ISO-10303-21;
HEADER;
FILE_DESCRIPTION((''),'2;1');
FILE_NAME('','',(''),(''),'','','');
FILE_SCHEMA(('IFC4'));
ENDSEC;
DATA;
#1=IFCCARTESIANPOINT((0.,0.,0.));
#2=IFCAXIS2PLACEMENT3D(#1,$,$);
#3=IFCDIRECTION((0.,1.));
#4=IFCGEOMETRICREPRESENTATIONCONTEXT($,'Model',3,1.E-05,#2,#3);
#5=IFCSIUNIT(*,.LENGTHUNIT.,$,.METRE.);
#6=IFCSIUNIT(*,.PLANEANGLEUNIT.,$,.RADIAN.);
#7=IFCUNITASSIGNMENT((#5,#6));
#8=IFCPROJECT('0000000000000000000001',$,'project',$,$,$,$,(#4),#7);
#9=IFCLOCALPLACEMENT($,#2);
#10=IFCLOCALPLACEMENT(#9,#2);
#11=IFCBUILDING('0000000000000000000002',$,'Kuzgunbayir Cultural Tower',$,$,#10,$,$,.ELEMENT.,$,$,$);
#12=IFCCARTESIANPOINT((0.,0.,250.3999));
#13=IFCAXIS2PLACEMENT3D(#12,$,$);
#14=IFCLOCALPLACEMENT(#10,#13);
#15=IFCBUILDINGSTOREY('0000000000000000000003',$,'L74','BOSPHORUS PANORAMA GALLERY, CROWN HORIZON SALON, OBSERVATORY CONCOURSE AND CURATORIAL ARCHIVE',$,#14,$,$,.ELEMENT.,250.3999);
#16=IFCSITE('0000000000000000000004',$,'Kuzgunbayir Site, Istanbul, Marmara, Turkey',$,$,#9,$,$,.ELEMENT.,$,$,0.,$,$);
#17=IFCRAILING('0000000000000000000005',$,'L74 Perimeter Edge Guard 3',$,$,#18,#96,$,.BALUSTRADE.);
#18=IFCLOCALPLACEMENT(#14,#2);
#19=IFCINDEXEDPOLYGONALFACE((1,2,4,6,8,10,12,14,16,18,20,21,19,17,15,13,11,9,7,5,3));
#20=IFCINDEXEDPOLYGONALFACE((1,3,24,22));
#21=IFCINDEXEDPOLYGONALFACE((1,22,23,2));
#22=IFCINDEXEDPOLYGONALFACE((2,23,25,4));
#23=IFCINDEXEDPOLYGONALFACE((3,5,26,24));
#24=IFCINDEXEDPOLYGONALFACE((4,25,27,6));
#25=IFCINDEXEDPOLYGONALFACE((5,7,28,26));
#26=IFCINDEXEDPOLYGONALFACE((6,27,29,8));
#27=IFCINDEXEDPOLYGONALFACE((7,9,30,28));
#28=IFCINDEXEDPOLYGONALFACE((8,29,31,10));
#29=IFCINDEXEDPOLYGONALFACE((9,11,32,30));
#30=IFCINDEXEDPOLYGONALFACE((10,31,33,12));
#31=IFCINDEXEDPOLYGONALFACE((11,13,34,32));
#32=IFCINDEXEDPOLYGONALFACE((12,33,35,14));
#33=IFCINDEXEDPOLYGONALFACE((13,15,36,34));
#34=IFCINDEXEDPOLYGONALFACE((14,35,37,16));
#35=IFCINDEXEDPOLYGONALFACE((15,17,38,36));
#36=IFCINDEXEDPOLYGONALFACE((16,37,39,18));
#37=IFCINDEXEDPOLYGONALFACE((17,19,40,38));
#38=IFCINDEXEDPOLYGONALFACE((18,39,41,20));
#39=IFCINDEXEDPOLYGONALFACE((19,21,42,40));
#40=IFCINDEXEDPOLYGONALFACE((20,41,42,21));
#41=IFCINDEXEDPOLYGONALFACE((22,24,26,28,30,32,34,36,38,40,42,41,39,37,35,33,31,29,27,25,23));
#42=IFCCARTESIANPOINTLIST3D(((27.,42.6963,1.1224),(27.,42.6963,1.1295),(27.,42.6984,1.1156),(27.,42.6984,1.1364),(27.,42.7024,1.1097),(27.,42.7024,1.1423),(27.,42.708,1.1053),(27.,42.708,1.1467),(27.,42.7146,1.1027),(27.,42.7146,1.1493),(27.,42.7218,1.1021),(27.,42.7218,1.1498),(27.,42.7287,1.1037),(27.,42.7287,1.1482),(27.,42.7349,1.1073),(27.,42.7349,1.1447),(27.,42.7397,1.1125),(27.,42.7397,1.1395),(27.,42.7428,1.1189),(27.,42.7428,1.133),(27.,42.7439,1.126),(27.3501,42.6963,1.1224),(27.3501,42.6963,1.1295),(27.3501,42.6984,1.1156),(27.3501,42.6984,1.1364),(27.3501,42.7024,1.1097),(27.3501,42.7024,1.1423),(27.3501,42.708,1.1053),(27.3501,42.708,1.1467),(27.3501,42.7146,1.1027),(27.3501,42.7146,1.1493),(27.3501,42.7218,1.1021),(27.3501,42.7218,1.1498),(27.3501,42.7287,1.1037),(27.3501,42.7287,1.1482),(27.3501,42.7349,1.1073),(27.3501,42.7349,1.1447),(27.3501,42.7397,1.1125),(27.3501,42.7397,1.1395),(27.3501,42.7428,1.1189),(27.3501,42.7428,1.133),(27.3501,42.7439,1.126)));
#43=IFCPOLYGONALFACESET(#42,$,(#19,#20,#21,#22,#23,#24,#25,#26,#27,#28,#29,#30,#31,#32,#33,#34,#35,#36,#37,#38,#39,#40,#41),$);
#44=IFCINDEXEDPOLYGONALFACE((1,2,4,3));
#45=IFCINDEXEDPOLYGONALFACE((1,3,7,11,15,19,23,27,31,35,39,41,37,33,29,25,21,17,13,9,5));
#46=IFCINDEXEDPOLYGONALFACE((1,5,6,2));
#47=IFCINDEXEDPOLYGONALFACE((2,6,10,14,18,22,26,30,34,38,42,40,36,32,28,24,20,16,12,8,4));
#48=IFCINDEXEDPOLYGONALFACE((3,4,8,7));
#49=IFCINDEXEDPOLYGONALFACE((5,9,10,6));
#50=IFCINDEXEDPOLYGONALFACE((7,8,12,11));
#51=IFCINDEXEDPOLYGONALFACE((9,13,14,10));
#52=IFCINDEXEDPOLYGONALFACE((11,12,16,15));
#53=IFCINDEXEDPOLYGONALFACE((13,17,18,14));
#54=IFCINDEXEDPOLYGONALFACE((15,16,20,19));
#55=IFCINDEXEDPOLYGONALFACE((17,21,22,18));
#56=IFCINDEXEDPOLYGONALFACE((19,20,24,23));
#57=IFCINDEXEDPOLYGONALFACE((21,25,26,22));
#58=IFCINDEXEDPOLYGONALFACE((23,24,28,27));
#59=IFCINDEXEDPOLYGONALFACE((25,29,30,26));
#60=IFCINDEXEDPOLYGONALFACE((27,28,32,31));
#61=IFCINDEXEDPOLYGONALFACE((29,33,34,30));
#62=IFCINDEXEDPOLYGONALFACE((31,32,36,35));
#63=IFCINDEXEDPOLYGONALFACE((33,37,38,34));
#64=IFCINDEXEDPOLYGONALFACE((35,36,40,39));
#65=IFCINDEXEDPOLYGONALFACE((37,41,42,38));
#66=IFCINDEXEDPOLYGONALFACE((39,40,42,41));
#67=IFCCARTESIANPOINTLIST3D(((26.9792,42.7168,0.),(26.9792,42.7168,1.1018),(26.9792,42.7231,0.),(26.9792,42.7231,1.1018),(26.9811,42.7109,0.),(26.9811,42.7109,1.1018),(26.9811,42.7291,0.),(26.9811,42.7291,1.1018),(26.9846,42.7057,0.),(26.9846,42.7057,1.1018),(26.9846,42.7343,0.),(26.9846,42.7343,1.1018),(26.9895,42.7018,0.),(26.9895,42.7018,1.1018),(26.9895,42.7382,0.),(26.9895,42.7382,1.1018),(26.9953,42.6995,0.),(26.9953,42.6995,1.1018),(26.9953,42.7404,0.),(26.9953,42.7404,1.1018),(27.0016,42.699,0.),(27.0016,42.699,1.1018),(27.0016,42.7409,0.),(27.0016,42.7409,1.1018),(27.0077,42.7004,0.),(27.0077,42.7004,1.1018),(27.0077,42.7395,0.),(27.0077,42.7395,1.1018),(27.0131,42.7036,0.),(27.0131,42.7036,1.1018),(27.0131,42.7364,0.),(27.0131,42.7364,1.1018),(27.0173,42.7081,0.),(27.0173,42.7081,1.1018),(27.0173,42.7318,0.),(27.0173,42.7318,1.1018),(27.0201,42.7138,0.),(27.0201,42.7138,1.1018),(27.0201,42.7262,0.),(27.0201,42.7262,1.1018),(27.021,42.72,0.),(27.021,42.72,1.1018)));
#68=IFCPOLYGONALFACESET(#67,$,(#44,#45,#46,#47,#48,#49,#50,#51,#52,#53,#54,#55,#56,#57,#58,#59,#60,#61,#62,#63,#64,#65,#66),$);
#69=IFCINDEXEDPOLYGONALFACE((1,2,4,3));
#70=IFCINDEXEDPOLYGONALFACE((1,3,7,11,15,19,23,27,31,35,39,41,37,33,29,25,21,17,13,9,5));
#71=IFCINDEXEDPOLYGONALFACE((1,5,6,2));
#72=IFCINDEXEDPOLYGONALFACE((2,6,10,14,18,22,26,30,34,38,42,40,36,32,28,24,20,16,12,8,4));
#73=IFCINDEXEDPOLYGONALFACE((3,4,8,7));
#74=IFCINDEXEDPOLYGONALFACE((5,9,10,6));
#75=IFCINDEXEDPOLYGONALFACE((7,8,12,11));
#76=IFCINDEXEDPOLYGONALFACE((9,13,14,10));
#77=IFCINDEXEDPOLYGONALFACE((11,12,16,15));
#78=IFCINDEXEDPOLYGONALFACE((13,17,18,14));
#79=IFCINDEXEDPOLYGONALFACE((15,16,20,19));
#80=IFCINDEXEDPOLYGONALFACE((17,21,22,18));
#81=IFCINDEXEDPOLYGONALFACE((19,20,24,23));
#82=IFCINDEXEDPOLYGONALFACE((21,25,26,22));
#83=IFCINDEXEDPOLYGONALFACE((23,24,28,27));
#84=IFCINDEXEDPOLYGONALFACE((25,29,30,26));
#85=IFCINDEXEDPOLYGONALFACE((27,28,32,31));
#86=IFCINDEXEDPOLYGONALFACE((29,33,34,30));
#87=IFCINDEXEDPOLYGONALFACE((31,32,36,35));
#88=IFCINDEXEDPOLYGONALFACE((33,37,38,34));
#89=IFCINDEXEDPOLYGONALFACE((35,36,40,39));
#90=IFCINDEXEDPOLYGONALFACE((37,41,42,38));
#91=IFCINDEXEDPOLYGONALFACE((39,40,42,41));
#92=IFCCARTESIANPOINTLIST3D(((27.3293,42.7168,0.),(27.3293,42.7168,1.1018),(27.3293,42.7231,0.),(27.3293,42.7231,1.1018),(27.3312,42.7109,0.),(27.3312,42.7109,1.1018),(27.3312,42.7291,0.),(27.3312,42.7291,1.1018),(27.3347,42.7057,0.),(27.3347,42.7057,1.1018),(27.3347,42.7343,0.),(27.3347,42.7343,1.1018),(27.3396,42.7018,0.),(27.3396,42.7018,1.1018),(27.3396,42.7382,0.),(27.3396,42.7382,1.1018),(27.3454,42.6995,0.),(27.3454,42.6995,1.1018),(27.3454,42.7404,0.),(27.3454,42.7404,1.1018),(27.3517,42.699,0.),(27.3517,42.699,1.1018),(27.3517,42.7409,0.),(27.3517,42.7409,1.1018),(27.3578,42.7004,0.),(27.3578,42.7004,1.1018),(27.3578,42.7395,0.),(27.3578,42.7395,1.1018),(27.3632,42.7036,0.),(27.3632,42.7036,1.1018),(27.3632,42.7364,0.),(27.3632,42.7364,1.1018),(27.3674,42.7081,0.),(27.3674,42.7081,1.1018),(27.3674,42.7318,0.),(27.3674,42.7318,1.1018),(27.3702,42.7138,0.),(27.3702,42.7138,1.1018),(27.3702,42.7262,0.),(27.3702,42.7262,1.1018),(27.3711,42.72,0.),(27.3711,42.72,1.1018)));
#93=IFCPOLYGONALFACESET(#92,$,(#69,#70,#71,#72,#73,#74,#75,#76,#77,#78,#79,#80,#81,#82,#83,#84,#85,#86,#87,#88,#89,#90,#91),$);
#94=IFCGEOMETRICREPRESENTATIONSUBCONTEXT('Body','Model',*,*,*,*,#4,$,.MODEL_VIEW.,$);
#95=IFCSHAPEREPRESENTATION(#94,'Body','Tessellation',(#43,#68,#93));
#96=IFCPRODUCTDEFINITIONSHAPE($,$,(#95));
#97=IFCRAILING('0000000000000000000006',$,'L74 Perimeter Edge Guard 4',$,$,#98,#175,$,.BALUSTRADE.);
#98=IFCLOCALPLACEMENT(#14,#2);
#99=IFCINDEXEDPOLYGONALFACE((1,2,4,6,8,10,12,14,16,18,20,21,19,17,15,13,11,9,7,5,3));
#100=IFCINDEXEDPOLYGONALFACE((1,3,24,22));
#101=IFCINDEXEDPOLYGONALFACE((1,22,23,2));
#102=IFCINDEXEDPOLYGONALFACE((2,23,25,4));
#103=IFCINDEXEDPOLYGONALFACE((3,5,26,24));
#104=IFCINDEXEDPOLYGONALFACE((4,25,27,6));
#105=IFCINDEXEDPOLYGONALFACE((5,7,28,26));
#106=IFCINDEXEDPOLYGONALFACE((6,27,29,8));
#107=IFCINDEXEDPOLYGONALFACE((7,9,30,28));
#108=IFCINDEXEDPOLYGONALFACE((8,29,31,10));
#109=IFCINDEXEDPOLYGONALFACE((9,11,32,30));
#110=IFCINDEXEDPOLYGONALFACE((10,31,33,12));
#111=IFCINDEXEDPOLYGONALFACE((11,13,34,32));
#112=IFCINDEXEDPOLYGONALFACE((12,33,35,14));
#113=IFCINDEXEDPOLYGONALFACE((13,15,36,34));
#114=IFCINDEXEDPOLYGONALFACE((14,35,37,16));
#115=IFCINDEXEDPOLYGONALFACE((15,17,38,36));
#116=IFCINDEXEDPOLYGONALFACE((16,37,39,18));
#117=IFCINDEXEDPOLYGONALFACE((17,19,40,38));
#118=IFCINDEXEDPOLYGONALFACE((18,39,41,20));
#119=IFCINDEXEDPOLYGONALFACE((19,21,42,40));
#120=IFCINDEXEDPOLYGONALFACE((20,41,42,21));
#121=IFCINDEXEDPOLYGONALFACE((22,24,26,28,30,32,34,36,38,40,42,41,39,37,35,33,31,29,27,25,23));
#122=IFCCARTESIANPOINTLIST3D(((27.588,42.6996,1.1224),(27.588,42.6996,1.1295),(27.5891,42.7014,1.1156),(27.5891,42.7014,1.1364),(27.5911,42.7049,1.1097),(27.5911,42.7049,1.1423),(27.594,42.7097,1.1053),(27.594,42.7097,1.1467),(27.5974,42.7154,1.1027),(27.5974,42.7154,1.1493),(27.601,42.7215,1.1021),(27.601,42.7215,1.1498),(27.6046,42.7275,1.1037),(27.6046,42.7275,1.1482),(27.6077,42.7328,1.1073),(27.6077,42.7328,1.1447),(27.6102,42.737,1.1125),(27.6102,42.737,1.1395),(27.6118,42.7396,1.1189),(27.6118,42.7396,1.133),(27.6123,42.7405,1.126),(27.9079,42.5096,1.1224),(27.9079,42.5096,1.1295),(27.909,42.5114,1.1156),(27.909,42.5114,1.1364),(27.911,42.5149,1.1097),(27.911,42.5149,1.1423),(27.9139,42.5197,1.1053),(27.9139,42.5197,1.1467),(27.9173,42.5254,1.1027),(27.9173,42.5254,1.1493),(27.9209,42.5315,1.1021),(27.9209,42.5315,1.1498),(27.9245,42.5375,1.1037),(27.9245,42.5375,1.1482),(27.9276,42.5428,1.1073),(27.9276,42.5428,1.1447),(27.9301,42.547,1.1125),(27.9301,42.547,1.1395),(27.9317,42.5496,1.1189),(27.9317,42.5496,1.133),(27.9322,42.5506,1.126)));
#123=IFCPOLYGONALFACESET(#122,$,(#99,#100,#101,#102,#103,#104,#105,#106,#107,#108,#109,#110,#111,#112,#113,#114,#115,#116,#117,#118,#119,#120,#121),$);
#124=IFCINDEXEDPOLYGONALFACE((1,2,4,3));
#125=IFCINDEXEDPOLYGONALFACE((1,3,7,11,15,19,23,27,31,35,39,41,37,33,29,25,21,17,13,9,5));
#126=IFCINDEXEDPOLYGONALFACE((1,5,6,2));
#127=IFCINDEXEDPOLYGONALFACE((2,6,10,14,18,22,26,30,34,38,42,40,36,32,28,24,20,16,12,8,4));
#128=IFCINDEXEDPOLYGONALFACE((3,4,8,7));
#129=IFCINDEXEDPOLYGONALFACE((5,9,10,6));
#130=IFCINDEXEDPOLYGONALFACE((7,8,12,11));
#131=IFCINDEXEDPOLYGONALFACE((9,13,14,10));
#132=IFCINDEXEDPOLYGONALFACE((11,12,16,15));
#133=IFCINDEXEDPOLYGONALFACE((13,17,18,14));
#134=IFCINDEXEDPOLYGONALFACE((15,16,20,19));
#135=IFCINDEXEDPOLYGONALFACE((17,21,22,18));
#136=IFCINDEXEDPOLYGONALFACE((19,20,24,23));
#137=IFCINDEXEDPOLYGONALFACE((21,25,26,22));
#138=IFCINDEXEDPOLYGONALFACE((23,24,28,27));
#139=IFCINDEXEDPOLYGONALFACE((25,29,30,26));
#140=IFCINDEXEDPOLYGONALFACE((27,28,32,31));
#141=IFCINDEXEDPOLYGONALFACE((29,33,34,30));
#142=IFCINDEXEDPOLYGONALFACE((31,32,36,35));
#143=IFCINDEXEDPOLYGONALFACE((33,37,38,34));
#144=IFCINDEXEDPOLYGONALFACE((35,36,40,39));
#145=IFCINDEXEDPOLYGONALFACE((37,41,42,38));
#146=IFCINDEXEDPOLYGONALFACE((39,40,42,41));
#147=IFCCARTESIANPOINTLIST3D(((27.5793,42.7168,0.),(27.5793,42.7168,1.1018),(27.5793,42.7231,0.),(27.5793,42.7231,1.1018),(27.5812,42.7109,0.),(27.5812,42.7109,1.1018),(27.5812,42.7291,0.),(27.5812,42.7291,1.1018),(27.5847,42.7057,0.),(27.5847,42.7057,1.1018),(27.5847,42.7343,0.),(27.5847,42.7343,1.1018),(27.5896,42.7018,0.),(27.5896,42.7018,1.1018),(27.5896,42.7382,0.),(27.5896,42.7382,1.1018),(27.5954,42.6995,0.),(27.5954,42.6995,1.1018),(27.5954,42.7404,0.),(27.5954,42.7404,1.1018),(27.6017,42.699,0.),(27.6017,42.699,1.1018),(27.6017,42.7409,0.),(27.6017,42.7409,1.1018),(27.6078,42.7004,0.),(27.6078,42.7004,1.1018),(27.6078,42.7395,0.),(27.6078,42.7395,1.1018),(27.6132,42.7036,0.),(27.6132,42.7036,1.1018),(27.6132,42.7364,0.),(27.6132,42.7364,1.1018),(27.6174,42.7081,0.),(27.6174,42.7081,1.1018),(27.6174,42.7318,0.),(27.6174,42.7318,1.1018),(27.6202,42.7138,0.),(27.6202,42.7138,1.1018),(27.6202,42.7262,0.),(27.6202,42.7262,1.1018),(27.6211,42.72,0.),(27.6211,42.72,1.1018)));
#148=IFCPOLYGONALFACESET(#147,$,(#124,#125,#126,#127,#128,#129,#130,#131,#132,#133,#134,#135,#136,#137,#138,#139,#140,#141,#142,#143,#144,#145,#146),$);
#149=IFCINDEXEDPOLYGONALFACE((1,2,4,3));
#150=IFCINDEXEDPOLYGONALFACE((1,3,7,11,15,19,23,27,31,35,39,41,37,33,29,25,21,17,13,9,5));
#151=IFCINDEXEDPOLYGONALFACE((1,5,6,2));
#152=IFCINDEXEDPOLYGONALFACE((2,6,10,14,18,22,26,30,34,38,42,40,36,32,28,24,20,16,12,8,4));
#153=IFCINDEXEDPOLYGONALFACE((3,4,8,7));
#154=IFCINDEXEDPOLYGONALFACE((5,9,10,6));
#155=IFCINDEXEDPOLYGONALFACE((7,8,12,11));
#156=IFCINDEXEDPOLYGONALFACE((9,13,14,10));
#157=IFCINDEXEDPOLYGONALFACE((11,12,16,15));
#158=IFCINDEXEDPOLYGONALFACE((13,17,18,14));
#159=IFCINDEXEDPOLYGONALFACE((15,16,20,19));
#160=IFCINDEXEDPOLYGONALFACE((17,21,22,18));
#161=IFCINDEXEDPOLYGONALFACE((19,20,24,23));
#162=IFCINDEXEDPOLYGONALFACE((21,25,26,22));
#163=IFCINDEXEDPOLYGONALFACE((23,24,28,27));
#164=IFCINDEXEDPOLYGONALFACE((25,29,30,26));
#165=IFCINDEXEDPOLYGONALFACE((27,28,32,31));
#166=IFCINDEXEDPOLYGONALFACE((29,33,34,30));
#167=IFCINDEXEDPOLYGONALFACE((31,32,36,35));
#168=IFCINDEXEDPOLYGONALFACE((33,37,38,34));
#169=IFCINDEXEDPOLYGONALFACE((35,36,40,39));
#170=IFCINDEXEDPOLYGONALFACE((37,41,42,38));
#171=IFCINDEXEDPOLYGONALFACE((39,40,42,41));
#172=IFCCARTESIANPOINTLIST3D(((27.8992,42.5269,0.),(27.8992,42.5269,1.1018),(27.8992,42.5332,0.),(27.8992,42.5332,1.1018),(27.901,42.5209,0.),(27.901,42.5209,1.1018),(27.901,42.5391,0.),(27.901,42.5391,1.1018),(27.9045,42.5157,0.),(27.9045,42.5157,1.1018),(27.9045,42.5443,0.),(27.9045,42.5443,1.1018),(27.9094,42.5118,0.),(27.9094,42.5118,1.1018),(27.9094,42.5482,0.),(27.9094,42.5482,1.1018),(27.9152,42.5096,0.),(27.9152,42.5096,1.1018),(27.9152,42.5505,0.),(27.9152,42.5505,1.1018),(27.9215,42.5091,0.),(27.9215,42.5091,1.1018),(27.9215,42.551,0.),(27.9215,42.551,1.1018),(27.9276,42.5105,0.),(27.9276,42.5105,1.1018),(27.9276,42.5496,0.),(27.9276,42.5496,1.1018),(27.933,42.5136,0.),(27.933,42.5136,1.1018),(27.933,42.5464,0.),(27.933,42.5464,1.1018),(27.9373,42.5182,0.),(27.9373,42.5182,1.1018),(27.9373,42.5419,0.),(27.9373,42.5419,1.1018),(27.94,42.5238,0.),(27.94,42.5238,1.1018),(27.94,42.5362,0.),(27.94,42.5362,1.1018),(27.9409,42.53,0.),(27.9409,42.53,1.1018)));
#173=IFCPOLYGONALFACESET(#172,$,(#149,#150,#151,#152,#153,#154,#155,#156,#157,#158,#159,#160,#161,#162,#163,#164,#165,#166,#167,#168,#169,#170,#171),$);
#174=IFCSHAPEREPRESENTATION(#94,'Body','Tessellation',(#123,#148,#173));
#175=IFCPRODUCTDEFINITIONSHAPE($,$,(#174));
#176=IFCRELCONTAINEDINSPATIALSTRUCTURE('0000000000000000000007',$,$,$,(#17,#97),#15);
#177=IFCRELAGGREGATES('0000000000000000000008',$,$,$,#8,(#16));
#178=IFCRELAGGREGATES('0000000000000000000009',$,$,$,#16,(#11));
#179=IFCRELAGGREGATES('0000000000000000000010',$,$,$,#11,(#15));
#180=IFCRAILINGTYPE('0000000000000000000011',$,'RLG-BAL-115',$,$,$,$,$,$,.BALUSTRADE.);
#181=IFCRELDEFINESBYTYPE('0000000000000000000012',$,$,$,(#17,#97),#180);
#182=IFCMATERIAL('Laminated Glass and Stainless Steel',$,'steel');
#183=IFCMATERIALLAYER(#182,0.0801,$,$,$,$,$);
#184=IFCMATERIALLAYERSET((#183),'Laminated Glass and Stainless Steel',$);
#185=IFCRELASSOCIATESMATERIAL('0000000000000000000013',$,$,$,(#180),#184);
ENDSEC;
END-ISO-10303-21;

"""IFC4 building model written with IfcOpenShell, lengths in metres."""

from ifc_helpers import new_model, si_unit, direction, frame, origin, origin_2d, place, context, subcontext, project, spatial, circle, extrude, material, layer, layer_set, type_object, element, save


model = new_model("IFC4")

# Units and contexts
model_context = context("Model", 3, precision=1e-05, world=origin(), true_north=direction((0.0, 1.0)))
body_context = subcontext(model_context, "Body", "Model", "MODEL_VIEW")
ifc_project = project(units=[si_unit("LENGTHUNIT", "METRE"), si_unit("PLANEANGLEUNIT", "RADIAN")], contexts=[model_context])

# Site, building, storey
site_placement = place(None, origin())
site = spatial("IfcSite", under=ifc_project, at=site_placement, Name="Kuzgunbayir Site, Istanbul, Marmara, Turkey", CompositionType="ELEMENT", RefElevation=0.0)
building_placement = place(site_placement, origin())
building = spatial("IfcBuilding", under=site, at=building_placement, Name="Kuzgunbayir Cultural Tower", CompositionType="ELEMENT")
storey_placement = place(building_placement, frame((0.0, 0.0, 250.3999)))
storey = spatial("IfcBuildingStorey", under=building, at=storey_placement, Name="L74", Description="BOSPHORUS PANORAMA GALLERY, CROWN HORIZON SALON, OBSERVATORY CONCOURSE AND CURATORIAL ARCHIVE", CompositionType="ELEMENT", Elevation=250.3999)

# Railings
ifc_material_1 = material(Name="Laminated Glass and Stainless Steel", Category="steel")
ifc_layer_1 = layer(ifc_material_1, 0.0801)
ifc_layer_set_1 = layer_set([ifc_layer_1], Name="Laminated Glass and Stainless Steel")
railing_type_1 = type_object("IfcRailingType", Name="RLG-BAL-115", PredefinedType="BALUSTRADE", material=ifc_layer_set_1)
railing_1_placement = place(storey_placement, frame((27.0, 42.72, 0.0)))
element("IfcRailing", 1, at=railing_1_placement, inside=storey, type_object=railing_type_1, Name="L74 Perimeter Edge Guard 3", PredefinedType="BALUSTRADE", context=body_context, shape_type="SweptSolid", body=[
    extrude(circle(Radius=0.0239, at=origin_2d()), frame((0.0, 0.0, 1.126), z_axis=(1.0, 0.0, 0.0), x_axis=(0.0, 1.0, 0.0)), (0.0, 0.0, 1.0), 0.3501),
    extrude(circle(Radius=0.021, at=origin_2d()), origin(), (0.0, 0.0, 1.0), 1.1018),
    extrude(circle(Radius=0.021, at=origin_2d()), frame((0.3501, 0.0, 0.0)), (0.0, 0.0, 1.0), 1.1018),
])
railing_2_placement = place(storey_placement, frame((27.6001, 42.72, 0.0)))
element("IfcRailing", 2, at=railing_2_placement, inside=storey, type_object=railing_type_1, Name="L74 Perimeter Edge Guard 4", PredefinedType="BALUSTRADE", context=body_context, shape_type="SweptSolid", body=[
    extrude(circle(Radius=0.0239, at=origin_2d()), frame((0.0, 0.0, 1.126), z_axis=(0.859801, -0.51063, 0.0), x_axis=(0.51063, 0.859801, 0.0)), (0.0, 0.0, 1.0), 0.3721),
    extrude(circle(Radius=0.021, at=origin_2d()), origin(), (0.0, 0.0, 1.0), 1.1018),
    extrude(circle(Radius=0.021, at=origin_2d()), frame((0.3198, -0.1899, 0.0)), (0.0, 0.0, 1.0), 1.1018),
])

save(model, "model.ifc")
